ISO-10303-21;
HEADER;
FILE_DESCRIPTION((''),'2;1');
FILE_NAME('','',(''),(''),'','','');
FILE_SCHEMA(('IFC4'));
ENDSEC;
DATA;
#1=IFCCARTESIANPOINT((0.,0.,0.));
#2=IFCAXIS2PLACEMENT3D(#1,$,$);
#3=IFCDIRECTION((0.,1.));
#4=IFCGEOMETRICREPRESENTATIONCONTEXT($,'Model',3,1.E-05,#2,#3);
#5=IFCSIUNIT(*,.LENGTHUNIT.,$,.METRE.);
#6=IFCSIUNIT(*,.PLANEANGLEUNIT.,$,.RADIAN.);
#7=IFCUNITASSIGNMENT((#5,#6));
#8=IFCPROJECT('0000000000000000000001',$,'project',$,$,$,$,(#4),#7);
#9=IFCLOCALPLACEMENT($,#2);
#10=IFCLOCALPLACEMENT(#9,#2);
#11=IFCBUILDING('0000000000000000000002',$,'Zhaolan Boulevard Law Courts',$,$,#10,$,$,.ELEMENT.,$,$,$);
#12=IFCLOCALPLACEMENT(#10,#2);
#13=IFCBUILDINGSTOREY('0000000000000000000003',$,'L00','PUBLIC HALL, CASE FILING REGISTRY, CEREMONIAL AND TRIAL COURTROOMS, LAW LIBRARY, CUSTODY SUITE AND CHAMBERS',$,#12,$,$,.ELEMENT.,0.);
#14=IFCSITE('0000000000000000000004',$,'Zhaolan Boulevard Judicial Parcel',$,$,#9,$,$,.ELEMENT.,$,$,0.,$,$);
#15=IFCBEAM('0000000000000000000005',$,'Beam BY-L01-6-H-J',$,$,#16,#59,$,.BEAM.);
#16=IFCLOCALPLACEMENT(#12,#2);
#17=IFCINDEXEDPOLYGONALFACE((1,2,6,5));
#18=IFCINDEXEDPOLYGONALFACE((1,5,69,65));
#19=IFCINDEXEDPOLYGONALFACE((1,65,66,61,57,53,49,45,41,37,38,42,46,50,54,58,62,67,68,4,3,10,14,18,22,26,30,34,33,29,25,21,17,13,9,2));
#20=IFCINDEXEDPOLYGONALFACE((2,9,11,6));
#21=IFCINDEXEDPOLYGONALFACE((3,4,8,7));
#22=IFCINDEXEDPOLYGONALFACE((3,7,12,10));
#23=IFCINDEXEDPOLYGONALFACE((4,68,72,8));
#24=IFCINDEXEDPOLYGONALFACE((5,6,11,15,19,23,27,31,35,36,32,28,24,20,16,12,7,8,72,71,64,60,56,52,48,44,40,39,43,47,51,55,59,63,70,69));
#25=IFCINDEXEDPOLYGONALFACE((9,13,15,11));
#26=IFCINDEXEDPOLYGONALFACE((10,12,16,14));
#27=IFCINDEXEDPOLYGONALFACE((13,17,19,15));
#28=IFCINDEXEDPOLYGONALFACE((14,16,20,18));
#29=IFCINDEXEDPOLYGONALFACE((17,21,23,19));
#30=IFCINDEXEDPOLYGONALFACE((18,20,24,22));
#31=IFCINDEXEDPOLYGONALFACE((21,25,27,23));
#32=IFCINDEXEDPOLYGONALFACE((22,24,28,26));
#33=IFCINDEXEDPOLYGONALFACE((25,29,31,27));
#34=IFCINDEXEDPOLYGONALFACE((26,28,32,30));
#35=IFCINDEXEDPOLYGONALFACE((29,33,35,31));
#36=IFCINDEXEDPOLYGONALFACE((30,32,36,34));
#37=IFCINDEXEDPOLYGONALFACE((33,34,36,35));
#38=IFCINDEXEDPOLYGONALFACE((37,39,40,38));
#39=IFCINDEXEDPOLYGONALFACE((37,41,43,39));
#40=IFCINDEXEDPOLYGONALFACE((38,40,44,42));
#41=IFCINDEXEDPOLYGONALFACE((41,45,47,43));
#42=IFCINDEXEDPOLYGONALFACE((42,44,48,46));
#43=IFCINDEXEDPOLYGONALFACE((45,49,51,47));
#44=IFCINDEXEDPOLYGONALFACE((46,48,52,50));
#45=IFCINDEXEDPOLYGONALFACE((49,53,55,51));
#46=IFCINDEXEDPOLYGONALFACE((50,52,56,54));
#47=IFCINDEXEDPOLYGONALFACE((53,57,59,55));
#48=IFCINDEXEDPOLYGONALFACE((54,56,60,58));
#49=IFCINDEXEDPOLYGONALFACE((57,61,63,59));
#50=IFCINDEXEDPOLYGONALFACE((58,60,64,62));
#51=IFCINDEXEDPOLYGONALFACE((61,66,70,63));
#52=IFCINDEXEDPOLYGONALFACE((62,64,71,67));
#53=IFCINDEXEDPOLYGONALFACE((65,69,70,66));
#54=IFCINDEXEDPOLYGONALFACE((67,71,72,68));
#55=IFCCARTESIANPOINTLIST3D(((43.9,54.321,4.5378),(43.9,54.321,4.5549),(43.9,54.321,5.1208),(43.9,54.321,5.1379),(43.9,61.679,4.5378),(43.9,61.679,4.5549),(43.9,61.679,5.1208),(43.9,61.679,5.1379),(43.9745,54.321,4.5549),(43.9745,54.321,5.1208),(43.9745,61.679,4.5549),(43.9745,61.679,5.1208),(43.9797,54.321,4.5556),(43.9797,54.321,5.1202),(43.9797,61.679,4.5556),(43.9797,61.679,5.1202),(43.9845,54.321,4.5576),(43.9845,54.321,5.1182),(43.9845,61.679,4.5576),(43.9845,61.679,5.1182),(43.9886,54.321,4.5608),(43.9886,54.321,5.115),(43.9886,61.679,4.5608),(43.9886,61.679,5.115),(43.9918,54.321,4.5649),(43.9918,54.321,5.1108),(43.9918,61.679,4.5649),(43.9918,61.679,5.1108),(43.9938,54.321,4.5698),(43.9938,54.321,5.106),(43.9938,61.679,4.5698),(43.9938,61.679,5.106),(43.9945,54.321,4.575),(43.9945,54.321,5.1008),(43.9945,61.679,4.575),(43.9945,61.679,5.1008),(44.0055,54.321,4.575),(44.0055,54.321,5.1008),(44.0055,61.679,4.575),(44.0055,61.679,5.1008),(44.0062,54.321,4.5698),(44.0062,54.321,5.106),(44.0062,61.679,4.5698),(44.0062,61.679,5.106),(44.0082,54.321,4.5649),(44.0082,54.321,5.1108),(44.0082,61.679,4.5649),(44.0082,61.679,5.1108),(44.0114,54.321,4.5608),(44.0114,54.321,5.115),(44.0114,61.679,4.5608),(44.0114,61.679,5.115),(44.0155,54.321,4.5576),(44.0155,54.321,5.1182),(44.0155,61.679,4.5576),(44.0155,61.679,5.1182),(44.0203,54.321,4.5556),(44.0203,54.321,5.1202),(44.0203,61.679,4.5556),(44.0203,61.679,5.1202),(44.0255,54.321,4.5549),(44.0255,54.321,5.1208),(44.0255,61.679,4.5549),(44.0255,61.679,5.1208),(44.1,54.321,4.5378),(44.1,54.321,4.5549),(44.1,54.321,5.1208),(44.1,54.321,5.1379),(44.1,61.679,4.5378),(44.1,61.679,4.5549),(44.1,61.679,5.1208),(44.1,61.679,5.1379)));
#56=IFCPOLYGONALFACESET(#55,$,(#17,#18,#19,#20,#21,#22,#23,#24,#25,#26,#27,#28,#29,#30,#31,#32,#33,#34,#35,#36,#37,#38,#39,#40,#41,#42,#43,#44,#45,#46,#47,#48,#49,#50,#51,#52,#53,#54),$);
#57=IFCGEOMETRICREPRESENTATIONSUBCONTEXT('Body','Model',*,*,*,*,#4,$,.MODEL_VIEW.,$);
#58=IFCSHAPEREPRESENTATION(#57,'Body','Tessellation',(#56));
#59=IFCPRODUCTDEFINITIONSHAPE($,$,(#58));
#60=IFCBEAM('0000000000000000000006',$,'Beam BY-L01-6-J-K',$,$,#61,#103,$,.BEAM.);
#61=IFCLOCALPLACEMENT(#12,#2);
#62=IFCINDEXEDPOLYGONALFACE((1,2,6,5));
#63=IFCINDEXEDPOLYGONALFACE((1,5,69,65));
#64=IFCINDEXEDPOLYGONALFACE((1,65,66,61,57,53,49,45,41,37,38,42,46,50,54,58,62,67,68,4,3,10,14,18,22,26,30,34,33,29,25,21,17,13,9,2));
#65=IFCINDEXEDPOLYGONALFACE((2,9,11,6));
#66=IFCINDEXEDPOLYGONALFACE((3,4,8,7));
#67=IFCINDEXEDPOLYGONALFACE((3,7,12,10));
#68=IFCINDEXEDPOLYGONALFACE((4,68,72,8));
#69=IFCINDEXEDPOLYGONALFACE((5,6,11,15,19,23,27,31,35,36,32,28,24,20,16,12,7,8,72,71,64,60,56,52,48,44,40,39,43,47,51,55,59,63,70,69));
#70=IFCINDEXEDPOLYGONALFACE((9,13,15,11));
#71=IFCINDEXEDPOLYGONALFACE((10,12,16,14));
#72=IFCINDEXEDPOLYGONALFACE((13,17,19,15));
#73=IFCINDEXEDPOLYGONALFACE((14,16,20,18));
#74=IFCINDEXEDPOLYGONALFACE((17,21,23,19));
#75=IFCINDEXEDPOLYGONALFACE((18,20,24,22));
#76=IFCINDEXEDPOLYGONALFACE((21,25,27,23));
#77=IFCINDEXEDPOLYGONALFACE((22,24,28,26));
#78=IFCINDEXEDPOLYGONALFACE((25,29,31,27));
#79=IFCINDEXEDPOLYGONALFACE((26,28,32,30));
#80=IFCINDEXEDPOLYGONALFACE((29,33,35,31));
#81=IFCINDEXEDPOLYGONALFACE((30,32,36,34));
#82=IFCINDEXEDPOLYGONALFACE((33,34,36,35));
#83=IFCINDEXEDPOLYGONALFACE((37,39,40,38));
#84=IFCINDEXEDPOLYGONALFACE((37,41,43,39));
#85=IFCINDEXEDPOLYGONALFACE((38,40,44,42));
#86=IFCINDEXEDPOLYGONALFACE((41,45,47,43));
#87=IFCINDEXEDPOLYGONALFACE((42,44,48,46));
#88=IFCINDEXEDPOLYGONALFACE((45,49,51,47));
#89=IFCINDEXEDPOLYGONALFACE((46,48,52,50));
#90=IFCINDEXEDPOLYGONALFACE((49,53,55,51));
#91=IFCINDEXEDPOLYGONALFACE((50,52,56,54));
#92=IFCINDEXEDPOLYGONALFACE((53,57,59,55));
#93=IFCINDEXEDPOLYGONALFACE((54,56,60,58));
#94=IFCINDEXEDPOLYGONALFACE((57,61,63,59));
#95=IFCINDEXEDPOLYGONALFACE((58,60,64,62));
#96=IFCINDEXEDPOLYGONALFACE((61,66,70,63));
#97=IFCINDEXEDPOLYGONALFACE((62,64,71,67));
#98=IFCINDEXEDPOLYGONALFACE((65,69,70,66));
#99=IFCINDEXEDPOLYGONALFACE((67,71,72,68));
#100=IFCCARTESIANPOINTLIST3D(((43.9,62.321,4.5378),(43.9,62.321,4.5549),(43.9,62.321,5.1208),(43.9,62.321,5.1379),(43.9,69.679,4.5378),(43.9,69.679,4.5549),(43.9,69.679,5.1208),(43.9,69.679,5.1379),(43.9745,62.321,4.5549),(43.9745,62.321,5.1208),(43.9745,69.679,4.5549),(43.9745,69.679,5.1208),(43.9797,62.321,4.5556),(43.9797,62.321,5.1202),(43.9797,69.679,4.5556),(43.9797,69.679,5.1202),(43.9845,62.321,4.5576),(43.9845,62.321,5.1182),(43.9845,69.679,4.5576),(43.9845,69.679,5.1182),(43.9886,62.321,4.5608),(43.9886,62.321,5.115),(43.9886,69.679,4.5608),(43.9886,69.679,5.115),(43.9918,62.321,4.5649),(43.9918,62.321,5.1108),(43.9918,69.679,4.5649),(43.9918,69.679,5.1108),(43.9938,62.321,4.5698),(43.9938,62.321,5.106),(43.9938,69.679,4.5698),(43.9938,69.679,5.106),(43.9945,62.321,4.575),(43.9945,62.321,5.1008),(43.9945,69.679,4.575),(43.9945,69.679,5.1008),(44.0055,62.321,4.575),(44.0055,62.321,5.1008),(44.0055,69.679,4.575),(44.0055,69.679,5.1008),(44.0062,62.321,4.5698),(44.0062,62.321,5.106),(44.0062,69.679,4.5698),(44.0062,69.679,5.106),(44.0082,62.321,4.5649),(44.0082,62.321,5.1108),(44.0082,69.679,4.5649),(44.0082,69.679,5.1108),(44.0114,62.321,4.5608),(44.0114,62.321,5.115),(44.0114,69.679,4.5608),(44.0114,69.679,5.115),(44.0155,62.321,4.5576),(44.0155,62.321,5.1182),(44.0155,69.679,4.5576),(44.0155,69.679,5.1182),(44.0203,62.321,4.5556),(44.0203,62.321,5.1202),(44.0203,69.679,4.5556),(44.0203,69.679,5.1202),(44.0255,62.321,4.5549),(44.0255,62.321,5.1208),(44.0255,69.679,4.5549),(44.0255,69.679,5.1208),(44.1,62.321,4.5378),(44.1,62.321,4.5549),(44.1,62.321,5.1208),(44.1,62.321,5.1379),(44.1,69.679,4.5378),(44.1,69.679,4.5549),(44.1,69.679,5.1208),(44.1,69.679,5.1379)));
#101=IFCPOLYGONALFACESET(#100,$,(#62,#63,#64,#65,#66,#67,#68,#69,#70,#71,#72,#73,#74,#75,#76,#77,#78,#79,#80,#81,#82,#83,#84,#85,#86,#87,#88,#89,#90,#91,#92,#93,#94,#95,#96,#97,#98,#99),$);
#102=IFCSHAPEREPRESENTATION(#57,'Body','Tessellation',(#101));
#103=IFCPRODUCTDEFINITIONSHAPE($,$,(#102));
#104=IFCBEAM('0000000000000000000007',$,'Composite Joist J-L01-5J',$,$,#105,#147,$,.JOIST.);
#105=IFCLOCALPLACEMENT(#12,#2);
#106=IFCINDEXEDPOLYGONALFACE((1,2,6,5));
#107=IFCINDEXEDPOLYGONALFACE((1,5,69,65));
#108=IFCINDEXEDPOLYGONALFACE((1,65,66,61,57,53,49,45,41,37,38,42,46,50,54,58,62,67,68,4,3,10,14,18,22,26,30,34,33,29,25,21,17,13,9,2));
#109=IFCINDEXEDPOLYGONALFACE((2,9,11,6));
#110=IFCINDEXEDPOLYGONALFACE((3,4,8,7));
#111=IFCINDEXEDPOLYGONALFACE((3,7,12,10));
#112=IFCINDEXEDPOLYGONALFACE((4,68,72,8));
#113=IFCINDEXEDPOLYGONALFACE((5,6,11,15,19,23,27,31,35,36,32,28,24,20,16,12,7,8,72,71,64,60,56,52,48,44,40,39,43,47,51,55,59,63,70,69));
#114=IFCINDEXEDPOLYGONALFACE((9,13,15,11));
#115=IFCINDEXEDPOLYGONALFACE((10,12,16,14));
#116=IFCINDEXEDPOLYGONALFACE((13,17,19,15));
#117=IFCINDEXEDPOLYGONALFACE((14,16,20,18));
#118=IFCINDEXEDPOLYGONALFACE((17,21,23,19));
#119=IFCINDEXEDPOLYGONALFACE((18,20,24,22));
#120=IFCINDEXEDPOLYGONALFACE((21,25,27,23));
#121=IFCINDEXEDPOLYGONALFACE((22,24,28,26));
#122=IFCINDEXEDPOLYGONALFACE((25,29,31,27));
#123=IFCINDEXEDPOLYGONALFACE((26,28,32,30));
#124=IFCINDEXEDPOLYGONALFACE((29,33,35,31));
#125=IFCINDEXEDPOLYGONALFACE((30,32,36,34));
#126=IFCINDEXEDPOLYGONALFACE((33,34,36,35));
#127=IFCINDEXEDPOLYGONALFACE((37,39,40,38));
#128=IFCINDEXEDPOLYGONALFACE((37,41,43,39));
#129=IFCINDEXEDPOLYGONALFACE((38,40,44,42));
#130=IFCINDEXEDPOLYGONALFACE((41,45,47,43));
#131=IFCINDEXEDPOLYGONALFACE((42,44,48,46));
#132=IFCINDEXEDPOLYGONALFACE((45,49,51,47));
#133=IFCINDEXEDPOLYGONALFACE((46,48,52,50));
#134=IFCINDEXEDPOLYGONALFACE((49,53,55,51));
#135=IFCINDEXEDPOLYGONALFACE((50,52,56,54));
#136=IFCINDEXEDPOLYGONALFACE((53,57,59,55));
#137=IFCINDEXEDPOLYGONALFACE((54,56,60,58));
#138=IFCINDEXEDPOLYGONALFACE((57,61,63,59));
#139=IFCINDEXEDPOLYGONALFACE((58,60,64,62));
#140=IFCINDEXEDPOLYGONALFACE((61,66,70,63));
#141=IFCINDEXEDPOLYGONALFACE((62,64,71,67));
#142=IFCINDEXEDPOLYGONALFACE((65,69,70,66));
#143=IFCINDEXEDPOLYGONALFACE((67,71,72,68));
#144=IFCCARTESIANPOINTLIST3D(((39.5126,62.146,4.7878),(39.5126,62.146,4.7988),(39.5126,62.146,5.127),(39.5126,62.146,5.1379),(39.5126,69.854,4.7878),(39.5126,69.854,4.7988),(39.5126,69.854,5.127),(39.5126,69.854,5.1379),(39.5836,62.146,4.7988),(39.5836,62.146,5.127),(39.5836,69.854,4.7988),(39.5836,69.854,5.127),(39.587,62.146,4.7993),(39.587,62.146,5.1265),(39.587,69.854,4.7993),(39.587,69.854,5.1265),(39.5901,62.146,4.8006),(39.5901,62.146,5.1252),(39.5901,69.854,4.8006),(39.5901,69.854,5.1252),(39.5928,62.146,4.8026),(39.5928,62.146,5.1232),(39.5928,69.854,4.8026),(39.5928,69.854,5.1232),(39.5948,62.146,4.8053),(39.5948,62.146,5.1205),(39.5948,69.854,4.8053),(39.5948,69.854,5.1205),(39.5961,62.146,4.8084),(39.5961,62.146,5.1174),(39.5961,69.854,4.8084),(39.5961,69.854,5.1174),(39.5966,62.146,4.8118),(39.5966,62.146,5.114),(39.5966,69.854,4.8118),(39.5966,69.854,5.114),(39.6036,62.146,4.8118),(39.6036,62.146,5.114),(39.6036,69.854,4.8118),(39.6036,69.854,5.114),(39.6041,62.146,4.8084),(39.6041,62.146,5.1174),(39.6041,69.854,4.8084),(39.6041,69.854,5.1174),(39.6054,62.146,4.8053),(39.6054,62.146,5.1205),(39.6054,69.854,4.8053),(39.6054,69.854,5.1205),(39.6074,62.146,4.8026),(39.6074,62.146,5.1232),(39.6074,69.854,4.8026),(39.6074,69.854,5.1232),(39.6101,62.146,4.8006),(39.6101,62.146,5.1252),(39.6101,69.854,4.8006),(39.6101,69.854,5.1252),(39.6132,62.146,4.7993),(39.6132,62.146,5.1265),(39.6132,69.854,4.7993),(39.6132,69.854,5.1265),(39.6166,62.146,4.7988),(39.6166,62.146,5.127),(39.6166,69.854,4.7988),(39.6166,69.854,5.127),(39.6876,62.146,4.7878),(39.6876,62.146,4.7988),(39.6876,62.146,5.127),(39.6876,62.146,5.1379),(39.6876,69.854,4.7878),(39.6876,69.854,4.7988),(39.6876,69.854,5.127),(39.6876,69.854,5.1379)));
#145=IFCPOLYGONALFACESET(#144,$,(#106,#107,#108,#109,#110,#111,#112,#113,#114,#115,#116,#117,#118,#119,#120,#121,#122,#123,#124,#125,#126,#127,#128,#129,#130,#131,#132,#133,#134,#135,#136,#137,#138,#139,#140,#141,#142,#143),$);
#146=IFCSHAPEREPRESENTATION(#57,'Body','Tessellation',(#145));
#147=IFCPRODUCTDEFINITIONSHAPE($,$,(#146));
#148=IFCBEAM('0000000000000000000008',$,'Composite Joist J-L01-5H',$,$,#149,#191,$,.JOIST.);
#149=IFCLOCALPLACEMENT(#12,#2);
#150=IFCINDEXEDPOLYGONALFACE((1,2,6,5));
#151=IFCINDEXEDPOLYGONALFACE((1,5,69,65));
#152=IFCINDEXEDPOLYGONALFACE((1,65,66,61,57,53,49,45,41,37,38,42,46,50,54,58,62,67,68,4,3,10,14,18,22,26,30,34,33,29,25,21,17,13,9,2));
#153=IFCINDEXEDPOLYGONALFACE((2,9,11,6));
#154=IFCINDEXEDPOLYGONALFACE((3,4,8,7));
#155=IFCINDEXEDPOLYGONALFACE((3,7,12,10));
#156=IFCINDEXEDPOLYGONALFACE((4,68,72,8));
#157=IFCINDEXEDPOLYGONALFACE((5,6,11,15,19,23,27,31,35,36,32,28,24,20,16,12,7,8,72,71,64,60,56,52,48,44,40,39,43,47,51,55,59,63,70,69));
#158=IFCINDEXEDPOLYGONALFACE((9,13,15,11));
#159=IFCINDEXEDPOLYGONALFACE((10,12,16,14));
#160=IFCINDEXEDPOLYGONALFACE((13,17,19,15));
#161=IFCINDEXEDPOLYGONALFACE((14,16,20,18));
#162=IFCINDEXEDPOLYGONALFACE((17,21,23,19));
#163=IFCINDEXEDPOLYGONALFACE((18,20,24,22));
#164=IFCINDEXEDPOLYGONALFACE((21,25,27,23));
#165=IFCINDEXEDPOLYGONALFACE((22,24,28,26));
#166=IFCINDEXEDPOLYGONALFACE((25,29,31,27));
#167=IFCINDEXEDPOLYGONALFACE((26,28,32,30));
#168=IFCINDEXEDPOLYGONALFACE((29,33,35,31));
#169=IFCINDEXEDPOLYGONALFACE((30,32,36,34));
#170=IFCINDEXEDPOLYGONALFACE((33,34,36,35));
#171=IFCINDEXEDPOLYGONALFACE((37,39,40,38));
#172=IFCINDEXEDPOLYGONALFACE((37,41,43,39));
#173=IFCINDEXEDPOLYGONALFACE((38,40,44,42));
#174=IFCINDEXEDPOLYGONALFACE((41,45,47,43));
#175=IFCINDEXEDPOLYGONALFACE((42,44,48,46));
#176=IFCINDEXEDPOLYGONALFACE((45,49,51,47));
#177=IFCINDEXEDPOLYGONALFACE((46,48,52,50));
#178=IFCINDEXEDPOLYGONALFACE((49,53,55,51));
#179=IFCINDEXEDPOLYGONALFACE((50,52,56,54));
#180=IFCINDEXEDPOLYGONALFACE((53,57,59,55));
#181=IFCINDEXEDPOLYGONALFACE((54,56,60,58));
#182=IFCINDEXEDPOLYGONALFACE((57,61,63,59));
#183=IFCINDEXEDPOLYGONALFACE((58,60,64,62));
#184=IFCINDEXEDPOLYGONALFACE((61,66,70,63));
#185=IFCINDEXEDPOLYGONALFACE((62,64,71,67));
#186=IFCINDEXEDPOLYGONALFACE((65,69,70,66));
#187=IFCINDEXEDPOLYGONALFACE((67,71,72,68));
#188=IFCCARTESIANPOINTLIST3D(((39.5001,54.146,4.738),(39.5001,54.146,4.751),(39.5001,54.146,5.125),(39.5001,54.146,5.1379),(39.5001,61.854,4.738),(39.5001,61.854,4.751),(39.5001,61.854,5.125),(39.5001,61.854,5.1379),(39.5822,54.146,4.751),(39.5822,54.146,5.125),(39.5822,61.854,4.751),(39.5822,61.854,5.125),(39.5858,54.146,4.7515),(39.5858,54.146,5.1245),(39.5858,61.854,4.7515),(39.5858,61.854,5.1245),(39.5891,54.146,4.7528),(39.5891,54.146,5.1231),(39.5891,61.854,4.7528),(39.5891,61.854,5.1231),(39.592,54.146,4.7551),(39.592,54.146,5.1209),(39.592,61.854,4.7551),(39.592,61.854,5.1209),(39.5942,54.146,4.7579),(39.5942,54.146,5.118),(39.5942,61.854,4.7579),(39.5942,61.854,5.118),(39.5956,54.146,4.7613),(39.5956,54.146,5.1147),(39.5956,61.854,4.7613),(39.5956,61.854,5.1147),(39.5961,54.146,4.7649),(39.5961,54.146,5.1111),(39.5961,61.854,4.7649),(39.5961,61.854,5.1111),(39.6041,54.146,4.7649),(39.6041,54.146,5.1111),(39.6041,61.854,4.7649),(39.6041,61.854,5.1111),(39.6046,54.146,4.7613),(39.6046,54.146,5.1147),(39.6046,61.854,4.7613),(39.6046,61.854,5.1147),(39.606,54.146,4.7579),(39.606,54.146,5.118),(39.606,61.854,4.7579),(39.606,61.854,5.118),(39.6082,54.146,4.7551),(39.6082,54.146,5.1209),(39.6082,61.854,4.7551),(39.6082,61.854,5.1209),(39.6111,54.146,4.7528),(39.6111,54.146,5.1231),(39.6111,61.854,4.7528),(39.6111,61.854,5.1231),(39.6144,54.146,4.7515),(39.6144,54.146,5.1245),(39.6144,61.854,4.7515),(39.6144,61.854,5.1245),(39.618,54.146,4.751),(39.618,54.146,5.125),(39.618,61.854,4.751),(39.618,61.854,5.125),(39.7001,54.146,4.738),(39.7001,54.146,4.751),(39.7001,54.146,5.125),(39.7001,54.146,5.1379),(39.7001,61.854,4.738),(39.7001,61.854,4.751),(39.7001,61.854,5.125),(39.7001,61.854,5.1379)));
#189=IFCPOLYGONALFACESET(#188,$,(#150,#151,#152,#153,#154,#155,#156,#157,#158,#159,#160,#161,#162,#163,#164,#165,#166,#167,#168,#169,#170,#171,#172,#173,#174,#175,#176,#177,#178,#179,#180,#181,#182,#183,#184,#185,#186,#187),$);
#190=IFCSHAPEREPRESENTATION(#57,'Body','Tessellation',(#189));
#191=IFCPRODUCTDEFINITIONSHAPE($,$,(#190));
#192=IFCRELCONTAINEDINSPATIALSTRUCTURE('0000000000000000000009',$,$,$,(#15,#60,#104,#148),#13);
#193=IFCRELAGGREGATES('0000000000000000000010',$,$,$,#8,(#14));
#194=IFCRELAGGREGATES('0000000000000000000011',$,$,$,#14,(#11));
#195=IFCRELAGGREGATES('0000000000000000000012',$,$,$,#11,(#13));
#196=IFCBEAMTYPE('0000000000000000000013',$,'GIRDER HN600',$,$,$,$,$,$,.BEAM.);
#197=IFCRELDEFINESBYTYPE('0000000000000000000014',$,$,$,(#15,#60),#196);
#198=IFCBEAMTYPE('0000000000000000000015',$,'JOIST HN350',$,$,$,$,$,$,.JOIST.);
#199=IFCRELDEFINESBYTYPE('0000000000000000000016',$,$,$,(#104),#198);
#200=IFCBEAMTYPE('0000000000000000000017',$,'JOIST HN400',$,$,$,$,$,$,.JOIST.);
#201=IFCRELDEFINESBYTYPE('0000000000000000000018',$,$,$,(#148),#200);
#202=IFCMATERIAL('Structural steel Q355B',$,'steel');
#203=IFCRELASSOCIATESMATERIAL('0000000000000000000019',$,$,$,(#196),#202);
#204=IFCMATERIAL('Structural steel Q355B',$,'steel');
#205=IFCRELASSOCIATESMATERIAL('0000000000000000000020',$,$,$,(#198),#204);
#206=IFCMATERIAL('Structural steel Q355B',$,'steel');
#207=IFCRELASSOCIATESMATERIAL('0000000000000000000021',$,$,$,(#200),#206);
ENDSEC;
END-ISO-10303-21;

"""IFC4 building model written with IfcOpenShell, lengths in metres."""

from ifc_helpers import new_model, si_unit, direction, frame, origin, origin_2d, place, context, subcontext, project, spatial, i_section, extrude, material, material_profile, profile_set, type_object, element, save


model = new_model("IFC4")

# Units and contexts
model_context = context("Model", 3, precision=1e-05, world=origin(), true_north=direction((0.0, 1.0)))
body_context = subcontext(model_context, "Body", "Model", "MODEL_VIEW")
ifc_project = project(units=[si_unit("LENGTHUNIT", "METRE"), si_unit("PLANEANGLEUNIT", "RADIAN")], contexts=[model_context])

# Site, building, storey
site_placement = place(None, origin())
site = spatial("IfcSite", under=ifc_project, at=site_placement, Name="Zhaolan Boulevard Judicial Parcel", CompositionType="ELEMENT", RefElevation=0.0)
building_placement = place(site_placement, origin())
building = spatial("IfcBuilding", under=site, at=building_placement, Name="Zhaolan Boulevard Law Courts", CompositionType="ELEMENT")
storey_placement = place(building_placement, origin())
storey = spatial("IfcBuildingStorey", under=building, at=storey_placement, Name="L00", Description="PUBLIC HALL, CASE FILING REGISTRY, CEREMONIAL AND TRIAL COURTROOMS, LAW LIBRARY, CUSTODY SUITE AND CHAMBERS", CompositionType="ELEMENT", Elevation=0.0)

# Beams
ifc_material_1 = material(Name="Structural steel Q355B", Category="steel")
ifc_material_profile_1 = material_profile(ifc_material_1, i_section(OverallWidth=0.2, OverallDepth=0.6001, WebThickness=0.011, FlangeThickness=0.0171, FilletRadius=0.02, at=origin_2d()), Name="HN600x200")
ifc_profile_set_1 = profile_set([ifc_material_profile_1], Name="Structural steel Q355B")
beam_type_1 = type_object("IfcBeamType", Name="GIRDER HN600", PredefinedType="BEAM", material=ifc_profile_set_1)
for number, where, z_axis, x_axis, name in (
    (1, (44.0, 54.321, 4.8379), (0.0, 1.0, 0.0), (-1.0, 0.0, 0.0), "Beam BY-L01-6-H-J"),
    (2, (44.0, 62.321, 4.8379), (0.0, 1.0, 0.0), (-1.0, 0.0, 0.0), "Beam BY-L01-6-J-K"),
):
    element("IfcBeam", number, at=place(storey_placement, frame(where, z_axis=z_axis, x_axis=x_axis)), inside=storey, type_object=beam_type_1, Name=name, PredefinedType="BEAM", context=body_context, shape_type="SweptSolid", body=[
        extrude(i_section(OverallWidth=0.2, OverallDepth=0.6001, WebThickness=0.011, FlangeThickness=0.0171, FilletRadius=0.02, at=origin_2d()), origin(), (0.0, 0.0, 1.0), 7.3579),
    ])
ifc_material_2 = material(Name="Structural steel Q355B", Category="steel")
ifc_material_profile_2 = material_profile(ifc_material_2, i_section(OverallWidth=0.175, OverallDepth=0.3501, WebThickness=0.0071, FlangeThickness=0.011, FilletRadius=0.0129, at=origin_2d()), Name="HN350x175")
ifc_profile_set_2 = profile_set([ifc_material_profile_2], Name="Structural steel Q355B")
beam_type_2 = type_object("IfcBeamType", Name="JOIST HN350", PredefinedType="JOIST", material=ifc_profile_set_2)
beam_1_placement = place(storey_placement, frame((39.6001, 62.146, 4.9629), z_axis=(0.0, 1.0, 0.0), x_axis=(-1.0, 0.0, 0.0)))
element("IfcBeam", 3, at=beam_1_placement, inside=storey, type_object=beam_type_2, Name="Composite Joist J-L01-5J", PredefinedType="JOIST", context=body_context, shape_type="SweptSolid", body=[
    extrude(i_section(OverallWidth=0.175, OverallDepth=0.3501, WebThickness=0.0071, FlangeThickness=0.011, FilletRadius=0.0129, at=origin_2d()), origin(), (0.0, 0.0, 1.0), 7.708),
])
ifc_material_3 = material(Name="Structural steel Q355B", Category="steel")
ifc_material_profile_3 = material_profile(ifc_material_3, i_section(OverallWidth=0.2, OverallDepth=0.3999, WebThickness=0.0081, FlangeThickness=0.0129, FilletRadius=0.0139, at=origin_2d()), Name="HN400x200")
ifc_profile_set_3 = profile_set([ifc_material_profile_3], Name="Structural steel Q355B")
beam_type_3 = type_object("IfcBeamType", Name="JOIST HN400", PredefinedType="JOIST", material=ifc_profile_set_3)
beam_2_placement = place(storey_placement, frame((39.6001, 54.146, 4.938), z_axis=(0.0, 1.0, 0.0), x_axis=(-1.0, 0.0, 0.0)))
element("IfcBeam", 4, at=beam_2_placement, inside=storey, type_object=beam_type_3, Name="Composite Joist J-L01-5H", PredefinedType="JOIST", context=body_context, shape_type="SweptSolid", body=[
    extrude(i_section(OverallWidth=0.2, OverallDepth=0.3999, WebThickness=0.0081, FlangeThickness=0.0129, FilletRadius=0.0139, at=origin_2d()), origin(), (0.0, 0.0, 1.0), 7.708),
])

save(model, "model.ifc")
